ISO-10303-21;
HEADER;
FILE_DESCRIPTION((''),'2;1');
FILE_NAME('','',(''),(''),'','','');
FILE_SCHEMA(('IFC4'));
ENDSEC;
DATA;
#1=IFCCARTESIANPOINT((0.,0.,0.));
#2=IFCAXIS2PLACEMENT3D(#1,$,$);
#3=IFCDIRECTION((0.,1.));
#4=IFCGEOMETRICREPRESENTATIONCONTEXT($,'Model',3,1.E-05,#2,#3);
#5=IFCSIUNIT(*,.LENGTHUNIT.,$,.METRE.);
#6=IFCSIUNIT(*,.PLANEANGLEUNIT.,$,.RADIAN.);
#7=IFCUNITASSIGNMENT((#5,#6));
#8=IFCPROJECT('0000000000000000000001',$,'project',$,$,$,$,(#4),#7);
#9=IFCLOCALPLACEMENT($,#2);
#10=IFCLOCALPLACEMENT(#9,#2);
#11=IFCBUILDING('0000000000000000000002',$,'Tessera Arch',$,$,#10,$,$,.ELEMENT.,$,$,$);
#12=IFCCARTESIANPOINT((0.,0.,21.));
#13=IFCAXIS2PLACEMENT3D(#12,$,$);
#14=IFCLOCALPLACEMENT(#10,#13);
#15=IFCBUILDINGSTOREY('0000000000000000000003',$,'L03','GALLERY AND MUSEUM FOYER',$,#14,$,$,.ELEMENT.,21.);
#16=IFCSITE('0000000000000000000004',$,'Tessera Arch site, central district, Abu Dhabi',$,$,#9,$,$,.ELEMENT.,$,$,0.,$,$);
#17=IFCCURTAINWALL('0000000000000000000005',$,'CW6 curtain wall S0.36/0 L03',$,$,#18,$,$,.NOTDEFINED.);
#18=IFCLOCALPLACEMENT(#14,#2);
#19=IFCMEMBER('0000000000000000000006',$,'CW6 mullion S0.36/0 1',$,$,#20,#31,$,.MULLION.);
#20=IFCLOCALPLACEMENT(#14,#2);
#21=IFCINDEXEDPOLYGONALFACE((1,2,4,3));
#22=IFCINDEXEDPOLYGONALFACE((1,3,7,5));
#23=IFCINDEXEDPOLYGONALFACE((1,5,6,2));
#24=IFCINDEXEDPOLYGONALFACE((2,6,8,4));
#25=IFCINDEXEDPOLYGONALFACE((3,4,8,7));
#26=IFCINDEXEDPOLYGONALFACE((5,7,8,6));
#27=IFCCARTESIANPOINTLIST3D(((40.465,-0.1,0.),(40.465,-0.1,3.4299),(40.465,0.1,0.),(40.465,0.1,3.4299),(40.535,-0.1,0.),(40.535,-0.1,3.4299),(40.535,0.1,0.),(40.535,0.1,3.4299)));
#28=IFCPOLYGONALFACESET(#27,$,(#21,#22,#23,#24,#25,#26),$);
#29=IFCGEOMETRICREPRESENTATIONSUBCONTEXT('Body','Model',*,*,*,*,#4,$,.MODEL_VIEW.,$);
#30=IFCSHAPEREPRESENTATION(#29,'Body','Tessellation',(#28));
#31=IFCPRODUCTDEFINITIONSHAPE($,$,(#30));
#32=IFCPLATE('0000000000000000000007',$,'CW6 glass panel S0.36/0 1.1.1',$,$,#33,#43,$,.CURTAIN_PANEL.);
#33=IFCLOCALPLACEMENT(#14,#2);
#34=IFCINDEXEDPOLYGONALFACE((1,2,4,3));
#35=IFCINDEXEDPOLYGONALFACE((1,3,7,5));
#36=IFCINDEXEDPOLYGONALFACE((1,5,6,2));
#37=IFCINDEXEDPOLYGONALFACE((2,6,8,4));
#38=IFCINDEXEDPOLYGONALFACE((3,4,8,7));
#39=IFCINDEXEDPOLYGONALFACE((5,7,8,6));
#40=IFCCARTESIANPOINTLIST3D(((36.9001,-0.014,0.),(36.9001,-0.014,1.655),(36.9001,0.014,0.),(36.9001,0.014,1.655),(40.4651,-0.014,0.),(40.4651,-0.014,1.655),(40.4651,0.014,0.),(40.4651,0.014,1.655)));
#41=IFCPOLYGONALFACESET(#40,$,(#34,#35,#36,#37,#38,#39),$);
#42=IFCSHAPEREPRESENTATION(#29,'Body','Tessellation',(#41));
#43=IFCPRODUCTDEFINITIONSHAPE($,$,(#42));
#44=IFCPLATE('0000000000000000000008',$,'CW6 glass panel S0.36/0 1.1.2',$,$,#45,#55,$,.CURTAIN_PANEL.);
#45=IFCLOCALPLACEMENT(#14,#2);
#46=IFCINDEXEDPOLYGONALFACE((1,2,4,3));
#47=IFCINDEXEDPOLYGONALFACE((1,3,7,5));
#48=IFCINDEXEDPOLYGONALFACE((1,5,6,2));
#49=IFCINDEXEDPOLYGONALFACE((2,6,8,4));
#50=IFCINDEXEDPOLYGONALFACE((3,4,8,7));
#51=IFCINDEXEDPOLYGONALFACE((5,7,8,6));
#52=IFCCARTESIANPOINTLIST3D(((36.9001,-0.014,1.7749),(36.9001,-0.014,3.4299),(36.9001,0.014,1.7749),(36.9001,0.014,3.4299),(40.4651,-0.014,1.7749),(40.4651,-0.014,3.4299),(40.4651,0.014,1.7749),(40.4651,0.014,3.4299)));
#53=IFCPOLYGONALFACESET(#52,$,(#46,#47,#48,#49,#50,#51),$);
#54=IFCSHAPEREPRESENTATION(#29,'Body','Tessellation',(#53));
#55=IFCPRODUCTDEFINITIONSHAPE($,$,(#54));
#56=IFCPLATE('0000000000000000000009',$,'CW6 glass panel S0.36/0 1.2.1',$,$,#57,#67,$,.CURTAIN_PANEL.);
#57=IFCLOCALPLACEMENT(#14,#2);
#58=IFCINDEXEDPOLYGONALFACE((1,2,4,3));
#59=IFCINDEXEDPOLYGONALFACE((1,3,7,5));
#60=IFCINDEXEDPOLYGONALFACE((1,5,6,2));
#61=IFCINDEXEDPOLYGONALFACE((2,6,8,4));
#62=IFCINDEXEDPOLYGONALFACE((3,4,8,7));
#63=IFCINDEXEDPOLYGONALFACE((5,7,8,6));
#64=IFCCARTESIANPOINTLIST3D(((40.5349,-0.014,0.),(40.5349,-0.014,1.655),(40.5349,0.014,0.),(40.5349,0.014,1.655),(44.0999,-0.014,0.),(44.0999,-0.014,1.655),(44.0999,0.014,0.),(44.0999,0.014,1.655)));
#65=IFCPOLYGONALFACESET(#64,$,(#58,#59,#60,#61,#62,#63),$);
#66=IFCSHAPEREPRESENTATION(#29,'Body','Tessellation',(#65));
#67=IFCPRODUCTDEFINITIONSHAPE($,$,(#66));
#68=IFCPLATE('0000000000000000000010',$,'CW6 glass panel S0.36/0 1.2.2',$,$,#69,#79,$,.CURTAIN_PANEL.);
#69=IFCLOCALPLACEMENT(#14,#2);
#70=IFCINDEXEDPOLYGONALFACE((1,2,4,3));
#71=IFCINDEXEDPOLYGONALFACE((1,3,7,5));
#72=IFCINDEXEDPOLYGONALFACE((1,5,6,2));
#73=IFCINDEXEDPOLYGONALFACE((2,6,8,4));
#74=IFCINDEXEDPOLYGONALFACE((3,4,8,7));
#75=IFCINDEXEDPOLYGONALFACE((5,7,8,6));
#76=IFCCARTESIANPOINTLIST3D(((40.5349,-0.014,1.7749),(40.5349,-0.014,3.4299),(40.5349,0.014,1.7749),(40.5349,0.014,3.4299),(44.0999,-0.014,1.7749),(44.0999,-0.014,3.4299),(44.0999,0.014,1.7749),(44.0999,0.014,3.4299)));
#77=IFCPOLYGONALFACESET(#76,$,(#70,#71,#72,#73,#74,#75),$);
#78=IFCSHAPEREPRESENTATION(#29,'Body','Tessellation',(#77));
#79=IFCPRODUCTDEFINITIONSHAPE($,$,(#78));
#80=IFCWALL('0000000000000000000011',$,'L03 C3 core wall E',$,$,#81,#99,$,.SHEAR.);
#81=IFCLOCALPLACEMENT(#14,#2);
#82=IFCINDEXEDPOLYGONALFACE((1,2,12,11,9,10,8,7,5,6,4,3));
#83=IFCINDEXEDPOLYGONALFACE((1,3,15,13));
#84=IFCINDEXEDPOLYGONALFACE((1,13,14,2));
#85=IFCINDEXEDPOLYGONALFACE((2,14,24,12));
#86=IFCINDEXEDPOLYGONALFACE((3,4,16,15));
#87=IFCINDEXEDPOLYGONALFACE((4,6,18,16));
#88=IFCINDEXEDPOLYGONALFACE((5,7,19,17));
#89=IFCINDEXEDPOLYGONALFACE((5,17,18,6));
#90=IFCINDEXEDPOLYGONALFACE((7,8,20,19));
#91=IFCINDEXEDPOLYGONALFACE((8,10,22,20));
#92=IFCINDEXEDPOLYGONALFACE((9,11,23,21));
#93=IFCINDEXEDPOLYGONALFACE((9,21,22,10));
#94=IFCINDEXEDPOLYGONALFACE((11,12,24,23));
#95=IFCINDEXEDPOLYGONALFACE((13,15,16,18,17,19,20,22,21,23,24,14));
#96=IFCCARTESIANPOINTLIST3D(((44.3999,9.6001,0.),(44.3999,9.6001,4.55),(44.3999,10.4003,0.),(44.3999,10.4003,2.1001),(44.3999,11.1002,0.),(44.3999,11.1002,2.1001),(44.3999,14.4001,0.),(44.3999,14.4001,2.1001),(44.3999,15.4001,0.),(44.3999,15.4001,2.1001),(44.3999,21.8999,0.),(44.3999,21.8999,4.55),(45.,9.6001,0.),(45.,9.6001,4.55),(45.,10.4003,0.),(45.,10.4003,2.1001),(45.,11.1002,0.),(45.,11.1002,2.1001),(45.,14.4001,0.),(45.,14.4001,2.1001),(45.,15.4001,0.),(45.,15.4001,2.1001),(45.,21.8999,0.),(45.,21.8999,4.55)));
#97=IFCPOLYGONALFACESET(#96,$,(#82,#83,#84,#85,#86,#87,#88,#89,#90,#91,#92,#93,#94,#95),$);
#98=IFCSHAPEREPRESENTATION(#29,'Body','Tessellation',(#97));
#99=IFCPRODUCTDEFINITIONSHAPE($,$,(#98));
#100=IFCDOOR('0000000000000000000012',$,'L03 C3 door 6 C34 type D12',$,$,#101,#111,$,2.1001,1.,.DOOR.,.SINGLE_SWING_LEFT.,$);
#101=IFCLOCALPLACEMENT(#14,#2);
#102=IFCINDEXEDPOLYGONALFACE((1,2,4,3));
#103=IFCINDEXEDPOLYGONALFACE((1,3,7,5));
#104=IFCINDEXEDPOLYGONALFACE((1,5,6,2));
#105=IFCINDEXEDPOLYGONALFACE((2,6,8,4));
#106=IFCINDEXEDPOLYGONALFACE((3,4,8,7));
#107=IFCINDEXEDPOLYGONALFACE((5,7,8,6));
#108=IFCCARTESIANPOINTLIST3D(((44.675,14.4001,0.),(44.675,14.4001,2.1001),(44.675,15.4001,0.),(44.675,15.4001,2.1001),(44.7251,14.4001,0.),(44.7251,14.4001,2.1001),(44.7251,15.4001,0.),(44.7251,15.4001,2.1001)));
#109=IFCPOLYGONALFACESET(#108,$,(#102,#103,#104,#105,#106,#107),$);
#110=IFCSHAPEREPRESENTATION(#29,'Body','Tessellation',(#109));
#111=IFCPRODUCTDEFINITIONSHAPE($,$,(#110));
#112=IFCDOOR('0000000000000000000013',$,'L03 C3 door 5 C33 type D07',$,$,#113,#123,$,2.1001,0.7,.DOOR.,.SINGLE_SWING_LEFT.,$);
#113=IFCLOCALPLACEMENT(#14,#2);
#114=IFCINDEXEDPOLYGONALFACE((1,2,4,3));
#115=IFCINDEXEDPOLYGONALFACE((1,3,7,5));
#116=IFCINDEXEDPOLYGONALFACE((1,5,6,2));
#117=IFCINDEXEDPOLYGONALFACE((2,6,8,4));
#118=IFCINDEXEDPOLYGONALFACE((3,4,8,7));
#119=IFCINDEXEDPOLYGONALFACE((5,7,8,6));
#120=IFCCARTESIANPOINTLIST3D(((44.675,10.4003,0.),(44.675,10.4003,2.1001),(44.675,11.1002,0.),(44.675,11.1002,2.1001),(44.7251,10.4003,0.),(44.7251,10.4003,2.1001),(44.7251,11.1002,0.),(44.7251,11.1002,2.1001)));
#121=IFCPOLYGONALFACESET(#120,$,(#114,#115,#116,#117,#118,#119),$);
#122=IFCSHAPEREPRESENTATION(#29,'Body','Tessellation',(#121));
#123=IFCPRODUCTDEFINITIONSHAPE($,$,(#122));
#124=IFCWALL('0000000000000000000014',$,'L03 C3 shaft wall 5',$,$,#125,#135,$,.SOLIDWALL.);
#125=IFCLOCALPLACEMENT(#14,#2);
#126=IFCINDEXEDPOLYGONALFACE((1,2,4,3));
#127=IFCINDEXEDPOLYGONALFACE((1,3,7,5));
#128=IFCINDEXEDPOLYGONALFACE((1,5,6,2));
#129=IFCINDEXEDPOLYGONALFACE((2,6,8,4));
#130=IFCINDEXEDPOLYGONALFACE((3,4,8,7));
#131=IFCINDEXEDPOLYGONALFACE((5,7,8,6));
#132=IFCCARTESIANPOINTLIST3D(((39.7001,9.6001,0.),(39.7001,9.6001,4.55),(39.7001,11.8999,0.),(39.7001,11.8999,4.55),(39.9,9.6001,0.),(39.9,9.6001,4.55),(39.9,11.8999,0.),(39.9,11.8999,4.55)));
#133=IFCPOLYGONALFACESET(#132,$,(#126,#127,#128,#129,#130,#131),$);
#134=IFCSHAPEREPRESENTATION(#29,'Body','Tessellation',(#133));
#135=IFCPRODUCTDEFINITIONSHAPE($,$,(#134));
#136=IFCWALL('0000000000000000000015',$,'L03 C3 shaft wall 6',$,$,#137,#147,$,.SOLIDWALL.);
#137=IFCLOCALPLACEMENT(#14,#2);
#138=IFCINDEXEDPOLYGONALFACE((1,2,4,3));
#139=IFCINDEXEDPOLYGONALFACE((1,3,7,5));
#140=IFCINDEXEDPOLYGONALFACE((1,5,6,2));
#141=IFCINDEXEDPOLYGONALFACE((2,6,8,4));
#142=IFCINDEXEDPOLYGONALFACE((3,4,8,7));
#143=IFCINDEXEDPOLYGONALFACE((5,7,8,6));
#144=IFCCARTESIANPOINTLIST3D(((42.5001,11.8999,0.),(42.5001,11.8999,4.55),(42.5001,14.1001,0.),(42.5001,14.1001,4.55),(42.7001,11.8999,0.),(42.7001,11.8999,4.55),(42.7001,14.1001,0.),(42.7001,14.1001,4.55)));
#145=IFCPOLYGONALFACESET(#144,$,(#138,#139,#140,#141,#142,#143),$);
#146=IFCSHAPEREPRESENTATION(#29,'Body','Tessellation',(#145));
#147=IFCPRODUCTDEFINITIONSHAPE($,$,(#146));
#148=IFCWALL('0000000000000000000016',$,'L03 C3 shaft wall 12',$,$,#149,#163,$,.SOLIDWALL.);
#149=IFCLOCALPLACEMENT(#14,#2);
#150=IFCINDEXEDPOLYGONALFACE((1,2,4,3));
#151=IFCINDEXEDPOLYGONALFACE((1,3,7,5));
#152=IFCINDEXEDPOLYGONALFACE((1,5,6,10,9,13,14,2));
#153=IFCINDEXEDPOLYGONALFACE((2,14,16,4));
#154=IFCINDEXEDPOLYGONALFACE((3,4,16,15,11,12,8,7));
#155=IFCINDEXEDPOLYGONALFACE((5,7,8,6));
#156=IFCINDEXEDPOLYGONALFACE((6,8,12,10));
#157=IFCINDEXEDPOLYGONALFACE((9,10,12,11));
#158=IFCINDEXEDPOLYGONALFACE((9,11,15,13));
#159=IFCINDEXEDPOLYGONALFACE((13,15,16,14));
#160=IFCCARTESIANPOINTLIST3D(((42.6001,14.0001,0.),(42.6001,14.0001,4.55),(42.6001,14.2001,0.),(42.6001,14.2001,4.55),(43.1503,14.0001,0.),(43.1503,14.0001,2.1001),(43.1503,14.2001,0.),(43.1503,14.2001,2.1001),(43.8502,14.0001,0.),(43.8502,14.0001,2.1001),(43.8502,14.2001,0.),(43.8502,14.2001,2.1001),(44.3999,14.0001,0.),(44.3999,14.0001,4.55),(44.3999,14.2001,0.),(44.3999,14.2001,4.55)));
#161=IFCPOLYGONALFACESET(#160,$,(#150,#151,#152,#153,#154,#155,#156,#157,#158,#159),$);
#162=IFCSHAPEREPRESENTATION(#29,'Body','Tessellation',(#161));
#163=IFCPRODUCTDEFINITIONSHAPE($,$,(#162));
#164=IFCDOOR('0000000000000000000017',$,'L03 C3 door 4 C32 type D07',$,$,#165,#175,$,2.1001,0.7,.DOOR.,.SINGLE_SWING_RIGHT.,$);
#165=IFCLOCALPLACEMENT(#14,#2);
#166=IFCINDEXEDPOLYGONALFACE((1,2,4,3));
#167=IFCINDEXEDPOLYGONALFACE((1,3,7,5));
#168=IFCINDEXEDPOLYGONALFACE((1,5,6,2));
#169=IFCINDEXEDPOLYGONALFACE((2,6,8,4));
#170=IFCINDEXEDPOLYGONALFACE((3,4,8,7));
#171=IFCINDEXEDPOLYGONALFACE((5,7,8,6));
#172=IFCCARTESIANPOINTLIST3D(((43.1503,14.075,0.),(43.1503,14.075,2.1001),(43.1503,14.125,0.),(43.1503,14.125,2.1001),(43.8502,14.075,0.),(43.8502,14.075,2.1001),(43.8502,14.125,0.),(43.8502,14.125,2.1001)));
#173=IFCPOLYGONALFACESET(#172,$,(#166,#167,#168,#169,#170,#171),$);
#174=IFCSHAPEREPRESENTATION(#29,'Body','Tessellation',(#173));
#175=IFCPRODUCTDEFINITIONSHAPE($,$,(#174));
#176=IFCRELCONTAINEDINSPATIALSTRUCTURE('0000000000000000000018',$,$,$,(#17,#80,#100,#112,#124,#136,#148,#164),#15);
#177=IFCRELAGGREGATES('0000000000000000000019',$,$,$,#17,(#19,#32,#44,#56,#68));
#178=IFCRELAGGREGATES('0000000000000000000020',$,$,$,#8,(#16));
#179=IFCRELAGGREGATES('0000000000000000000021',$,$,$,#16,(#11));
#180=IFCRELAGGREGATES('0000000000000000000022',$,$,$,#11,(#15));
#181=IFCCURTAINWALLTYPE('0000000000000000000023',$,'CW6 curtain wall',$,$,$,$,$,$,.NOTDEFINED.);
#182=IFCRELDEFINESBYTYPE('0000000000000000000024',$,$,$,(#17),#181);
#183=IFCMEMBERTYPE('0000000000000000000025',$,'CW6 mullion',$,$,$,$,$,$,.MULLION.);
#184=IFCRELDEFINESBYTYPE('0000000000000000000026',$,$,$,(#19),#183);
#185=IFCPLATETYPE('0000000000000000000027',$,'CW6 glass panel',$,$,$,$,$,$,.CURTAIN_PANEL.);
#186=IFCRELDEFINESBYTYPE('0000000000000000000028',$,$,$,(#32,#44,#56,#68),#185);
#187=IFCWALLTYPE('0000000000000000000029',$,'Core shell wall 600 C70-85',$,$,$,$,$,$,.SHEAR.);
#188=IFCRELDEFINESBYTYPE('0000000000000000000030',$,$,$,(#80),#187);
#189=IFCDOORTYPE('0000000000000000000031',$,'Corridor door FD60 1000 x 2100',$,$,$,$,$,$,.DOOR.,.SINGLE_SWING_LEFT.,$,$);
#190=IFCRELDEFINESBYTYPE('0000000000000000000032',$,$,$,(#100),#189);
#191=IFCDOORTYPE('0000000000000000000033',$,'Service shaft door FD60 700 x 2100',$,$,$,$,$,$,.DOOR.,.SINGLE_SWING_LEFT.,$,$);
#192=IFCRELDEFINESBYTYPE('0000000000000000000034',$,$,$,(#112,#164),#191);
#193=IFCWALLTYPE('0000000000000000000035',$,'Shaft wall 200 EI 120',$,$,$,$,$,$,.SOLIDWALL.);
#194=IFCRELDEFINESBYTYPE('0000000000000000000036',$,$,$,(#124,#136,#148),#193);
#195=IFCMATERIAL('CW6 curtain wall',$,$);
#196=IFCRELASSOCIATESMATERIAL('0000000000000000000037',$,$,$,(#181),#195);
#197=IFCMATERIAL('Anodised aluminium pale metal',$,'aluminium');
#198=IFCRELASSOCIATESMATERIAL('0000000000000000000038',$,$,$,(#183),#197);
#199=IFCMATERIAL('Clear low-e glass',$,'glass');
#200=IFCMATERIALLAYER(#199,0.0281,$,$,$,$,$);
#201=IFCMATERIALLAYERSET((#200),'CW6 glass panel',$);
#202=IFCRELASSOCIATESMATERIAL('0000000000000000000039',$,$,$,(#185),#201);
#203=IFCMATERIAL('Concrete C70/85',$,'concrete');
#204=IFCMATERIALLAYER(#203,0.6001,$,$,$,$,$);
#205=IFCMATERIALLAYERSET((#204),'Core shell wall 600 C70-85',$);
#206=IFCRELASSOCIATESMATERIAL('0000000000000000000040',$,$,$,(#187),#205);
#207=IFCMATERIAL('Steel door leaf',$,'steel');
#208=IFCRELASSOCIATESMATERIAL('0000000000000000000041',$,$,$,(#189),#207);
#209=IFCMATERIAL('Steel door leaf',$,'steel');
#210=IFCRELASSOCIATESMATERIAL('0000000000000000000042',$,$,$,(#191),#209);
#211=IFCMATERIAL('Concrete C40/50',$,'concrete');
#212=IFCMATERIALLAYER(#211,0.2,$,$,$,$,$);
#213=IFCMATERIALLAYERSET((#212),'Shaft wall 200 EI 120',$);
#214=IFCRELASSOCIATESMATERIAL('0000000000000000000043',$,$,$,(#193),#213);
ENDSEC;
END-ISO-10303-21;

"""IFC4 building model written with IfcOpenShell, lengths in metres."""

from ifc_helpers import new_model, si_unit, direction, frame, frame_2d, origin, origin_2d, place, context, subcontext, project, spatial, rectangle, extrude, material, layer, layer_set, material_profile, profile_set, type_object, element, fill, aggregate, save


model = new_model("IFC4")

# Units and contexts
model_context = context("Model", 3, precision=1e-05, world=origin(), true_north=direction((0.0, 1.0)))
body_context = subcontext(model_context, "Body", "Model", "MODEL_VIEW")
ifc_project = project(units=[si_unit("LENGTHUNIT", "METRE"), si_unit("PLANEANGLEUNIT", "RADIAN")], contexts=[model_context])

# Site, building, storey
site_placement = place(None, origin())
site = spatial("IfcSite", under=ifc_project, at=site_placement, Name="Tessera Arch site, central district, Abu Dhabi", CompositionType="ELEMENT", RefElevation=0.0)
building_placement = place(site_placement, origin())
building = spatial("IfcBuilding", under=site, at=building_placement, Name="Tessera Arch", CompositionType="ELEMENT")
storey_placement = place(building_placement, frame((0.0, 0.0, 21.0)))
storey = spatial("IfcBuildingStorey", under=building, at=storey_placement, Name="L03", Description="GALLERY AND MUSEUM FOYER", CompositionType="ELEMENT", Elevation=21.0)

# Curtain wall, member, plates
ifc_material_1 = material(Name="CW6 curtain wall")
curtain_wall_type = type_object("IfcCurtainWallType", Name="CW6 curtain wall", PredefinedType="NOTDEFINED", material=ifc_material_1)
curtain_wall_placement = place(storey_placement, origin())
curtain_wall = element("IfcCurtainWall", 1, at=curtain_wall_placement, inside=storey, type_object=curtain_wall_type, Name="CW6 curtain wall S0.36/0 L03", PredefinedType="NOTDEFINED")
ifc_material_2 = material(Name="Anodised aluminium pale metal", Category="aluminium")
ifc_material_profile = material_profile(ifc_material_2, rectangle(XDim=0.2, YDim=0.0701, at=origin_2d()), Name="AL 70x200")
ifc_profile_set = profile_set([ifc_material_profile], Name="Anodised aluminium pale metal")
member_type = type_object("IfcMemberType", Name="CW6 mullion", PredefinedType="MULLION", material=ifc_profile_set)
member_placement = place(storey_placement, frame((40.5, 0.0, 0.0), z_axis=(0.0, 0.0, 1.0), x_axis=(0.0, 1.0, 0.0)))
member = element("IfcMember", 2, at=member_placement, type_object=member_type, Name="CW6 mullion S0.36/0 1", PredefinedType="MULLION", context=body_context, shape_type="SweptSolid", body=[
    extrude(rectangle(XDim=0.2, YDim=0.0701, at=origin_2d()), origin(), (0.0, 0.0, 1.0), 3.4299),
])
ifc_material_3 = material(Name="Clear low-e glass", Category="glass")
ifc_layer_1 = layer(ifc_material_3, 0.0281)
ifc_layer_set_1 = layer_set([ifc_layer_1], Name="CW6 glass panel")
plate_type = type_object("IfcPlateType", Name="CW6 glass panel", PredefinedType="CURTAIN_PANEL", material=ifc_layer_set_1)
plate_1_placement = place(storey_placement, frame((38.6826, 0.0, 0.0), z_axis=(0.0, 0.0, 1.0), x_axis=(1.0, 0.0, 0.0)))
plate_1 = element("IfcPlate", 3, at=plate_1_placement, type_object=plate_type, Name="CW6 glass panel S0.36/0 1.1.1", PredefinedType="CURTAIN_PANEL", context=body_context, shape_type="SweptSolid", body=[
    extrude(rectangle(XDim=3.5649, YDim=0.0281, at=origin_2d()), origin(), (0.0, 0.0, 1.0), 1.655),
])
plate_2_placement = place(storey_placement, frame((38.6826, 0.0, 1.7749), z_axis=(0.0, 0.0, 1.0), x_axis=(1.0, 0.0, 0.0)))
plate_2 = element("IfcPlate", 4, at=plate_2_placement, type_object=plate_type, Name="CW6 glass panel S0.36/0 1.1.2", PredefinedType="CURTAIN_PANEL", context=body_context, shape_type="SweptSolid", body=[
    extrude(rectangle(XDim=3.5649, YDim=0.0281, at=origin_2d()), origin(), (0.0, 0.0, 1.0), 1.655),
])
plate_3_placement = place(storey_placement, frame((42.3174, 0.0, 0.0), z_axis=(0.0, 0.0, 1.0), x_axis=(1.0, 0.0, 0.0)))
plate_3 = element("IfcPlate", 5, at=plate_3_placement, type_object=plate_type, Name="CW6 glass panel S0.36/0 1.2.1", PredefinedType="CURTAIN_PANEL", context=body_context, shape_type="SweptSolid", body=[
    extrude(rectangle(XDim=3.5649, YDim=0.0281, at=origin_2d()), origin(), (0.0, 0.0, 1.0), 1.655),
])
plate_4_placement = place(storey_placement, frame((42.3174, 0.0, 1.7749), z_axis=(0.0, 0.0, 1.0), x_axis=(1.0, 0.0, 0.0)))
plate_4 = element("IfcPlate", 6, at=plate_4_placement, type_object=plate_type, Name="CW6 glass panel S0.36/0 1.2.2", PredefinedType="CURTAIN_PANEL", context=body_context, shape_type="SweptSolid", body=[
    extrude(rectangle(XDim=3.5649, YDim=0.0281, at=origin_2d()), origin(), (0.0, 0.0, 1.0), 1.655),
])
aggregate(curtain_wall, [member, plate_1, plate_2, plate_3, plate_4])

# Wall, openings, doors
ifc_material_4 = material(Name="Concrete C70/85", Category="concrete")
ifc_layer_2 = layer(ifc_material_4, 0.6001)
ifc_layer_set_2 = layer_set([ifc_layer_2], Name="Core shell wall 600 C70-85")
wall_type_1 = type_object("IfcWallType", Name="Core shell wall 600 C70-85", PredefinedType="SHEAR", material=ifc_layer_set_2)
wall_1_placement = place(storey_placement, frame((44.7, 9.6001, 0.0), z_axis=(0.0, 0.0, 1.0), x_axis=(0.0, 1.0, 0.0)))
wall_1 = element("IfcWall", 7, at=wall_1_placement, inside=storey, type_object=wall_type_1, Name="L03 C3 core wall E", PredefinedType="SHEAR", context=body_context, shape_type="SweptSolid", body=[
    extrude(rectangle(XDim=12.2998, YDim=0.6001, at=frame_2d((6.1499, 0.0))), origin(), (0.0, 0.0, 1.0), 4.55),
])
opening_1_placement = place(wall_1_placement, frame((0.8, 0.0, 0.0)))
opening_1 = element("IfcOpeningElement", 8, at=opening_1_placement, cuts=wall_1, PredefinedType="OPENING", context=body_context, shape_type="SweptSolid", body=[
    extrude(rectangle(XDim=0.7, YDim=2.1001, at=frame_2d((0.3501, 1.05))), frame((0.0, 0.3101, 0.0), z_axis=(0.0, -1.0, 0.0), x_axis=(1.0, 0.0, 0.0)), (0.0, 0.0, 1.0), 0.6201),
])
opening_2_placement = place(wall_1_placement, frame((4.8, 0.0, 0.0)))
opening_2 = element("IfcOpeningElement", 9, at=opening_2_placement, cuts=wall_1, PredefinedType="OPENING", context=body_context, shape_type="SweptSolid", body=[
    extrude(rectangle(XDim=1.0, YDim=2.1001, at=frame_2d((0.5, 1.05))), frame((0.0, 0.3101, 0.0), z_axis=(0.0, -1.0, 0.0), x_axis=(1.0, 0.0, 0.0)), (0.0, 0.0, 1.0), 0.6201),
])
ifc_material_5 = material(Name="Steel door leaf", Category="steel")
door_type_1 = type_object("IfcDoorType", Name="Corridor door FD60 1000 x 2100", OperationType="SINGLE_SWING_LEFT", PredefinedType="DOOR", material=ifc_material_5)
door_1_placement = place(opening_2_placement, origin())
door_1 = element("IfcDoor", 10, at=door_1_placement, inside=storey, type_object=door_type_1, Name="L03 C3 door 6 C34 type D12", OperationType="SINGLE_SWING_LEFT", OverallHeight=2.1001, OverallWidth=1.0, PredefinedType="DOOR", context=body_context, shape_type="SweptSolid", body=[
    extrude(rectangle(XDim=1.0, YDim=2.1001, at=frame_2d((0.5, 1.05))), frame((0.0, 0.0249, 0.0), z_axis=(0.0, -1.0, 0.0), x_axis=(1.0, 0.0, 0.0)), (0.0, 0.0, 1.0), 0.05),
])
fill(opening_2, door_1)
ifc_material_6 = material(Name="Steel door leaf", Category="steel")
door_type_2 = type_object("IfcDoorType", Name="Service shaft door FD60 700 x 2100", OperationType="SINGLE_SWING_LEFT", PredefinedType="DOOR", material=ifc_material_6)
door_2_placement = place(opening_1_placement, origin())
door_2 = element("IfcDoor", 11, at=door_2_placement, inside=storey, type_object=door_type_2, Name="L03 C3 door 5 C33 type D07", OperationType="SINGLE_SWING_LEFT", OverallHeight=2.1001, OverallWidth=0.7, PredefinedType="DOOR", context=body_context, shape_type="SweptSolid", body=[
    extrude(rectangle(XDim=0.7, YDim=2.1001, at=frame_2d((0.3501, 1.05))), frame((0.0, 0.0249, 0.0), z_axis=(0.0, -1.0, 0.0), x_axis=(1.0, 0.0, 0.0)), (0.0, 0.0, 1.0), 0.05),
])
fill(opening_1, door_2)

# Walls
ifc_material_7 = material(Name="Concrete C40/50", Category="concrete")
ifc_layer_3 = layer(ifc_material_7, 0.2)
ifc_layer_set_3 = layer_set([ifc_layer_3], Name="Shaft wall 200 EI 120")
wall_type_2 = type_object("IfcWallType", Name="Shaft wall 200 EI 120", PredefinedType="SOLIDWALL", material=ifc_layer_set_3)
wall_2_placement = place(storey_placement, frame((39.8, 9.6001, 0.0), z_axis=(0.0, 0.0, 1.0), x_axis=(0.0, 1.0, 0.0)))
element("IfcWall", 12, at=wall_2_placement, inside=storey, type_object=wall_type_2, Name="L03 C3 shaft wall 5", PredefinedType="SOLIDWALL", context=body_context, shape_type="SweptSolid", body=[
    extrude(rectangle(XDim=2.2998, YDim=0.2, at=frame_2d((1.1499, 0.0))), origin(), (0.0, 0.0, 1.0), 4.55),
])
wall_3_placement = place(storey_placement, frame((42.6001, 11.8999, 0.0), z_axis=(0.0, 0.0, 1.0), x_axis=(0.0, 1.0, 0.0)))
element("IfcWall", 13, at=wall_3_placement, inside=storey, type_object=wall_type_2, Name="L03 C3 shaft wall 6", PredefinedType="SOLIDWALL", context=body_context, shape_type="SweptSolid", body=[
    extrude(rectangle(XDim=2.2002, YDim=0.2, at=frame_2d((1.1001, 0.0))), origin(), (0.0, 0.0, 1.0), 4.55),
])

# Wall, opening, door
wall_4_placement = place(storey_placement, frame((42.6001, 14.1001, 0.0), z_axis=(0.0, 0.0, 1.0), x_axis=(1.0, 0.0, 0.0)))
wall_4 = element("IfcWall", 14, at=wall_4_placement, inside=storey, type_object=wall_type_2, Name="L03 C3 shaft wall 12", PredefinedType="SOLIDWALL", context=body_context, shape_type="SweptSolid", body=[
    extrude(rectangle(XDim=1.7998, YDim=0.2, at=frame_2d((0.8999, 0.0))), origin(), (0.0, 0.0, 1.0), 4.55),
])
opening_3_placement = place(wall_4_placement, frame((0.55, 0.0, 0.0)))
opening_3 = element("IfcOpeningElement", 15, at=opening_3_placement, cuts=wall_4, PredefinedType="OPENING", context=body_context, shape_type="SweptSolid", body=[
    extrude(rectangle(XDim=0.7, YDim=2.1001, at=frame_2d((0.3501, 1.05))), frame((0.0, 0.1099, 0.0), z_axis=(0.0, -1.0, 0.0), x_axis=(1.0, 0.0, 0.0)), (0.0, 0.0, 1.0), 0.22),
])
door_3_placement = place(opening_3_placement, origin())
door_3 = element("IfcDoor", 16, at=door_3_placement, inside=storey, type_object=door_type_2, Name="L03 C3 door 4 C32 type D07", OperationType="SINGLE_SWING_RIGHT", OverallHeight=2.1001, OverallWidth=0.7, PredefinedType="DOOR", context=body_context, shape_type="SweptSolid", body=[
    extrude(rectangle(XDim=0.7, YDim=2.1001, at=frame_2d((0.3501, 1.05))), frame((0.0, 0.0249, 0.0), z_axis=(0.0, -1.0, 0.0), x_axis=(1.0, 0.0, 0.0)), (0.0, 0.0, 1.0), 0.05),
])
fill(opening_3, door_3)

save(model, "model.ifc")
